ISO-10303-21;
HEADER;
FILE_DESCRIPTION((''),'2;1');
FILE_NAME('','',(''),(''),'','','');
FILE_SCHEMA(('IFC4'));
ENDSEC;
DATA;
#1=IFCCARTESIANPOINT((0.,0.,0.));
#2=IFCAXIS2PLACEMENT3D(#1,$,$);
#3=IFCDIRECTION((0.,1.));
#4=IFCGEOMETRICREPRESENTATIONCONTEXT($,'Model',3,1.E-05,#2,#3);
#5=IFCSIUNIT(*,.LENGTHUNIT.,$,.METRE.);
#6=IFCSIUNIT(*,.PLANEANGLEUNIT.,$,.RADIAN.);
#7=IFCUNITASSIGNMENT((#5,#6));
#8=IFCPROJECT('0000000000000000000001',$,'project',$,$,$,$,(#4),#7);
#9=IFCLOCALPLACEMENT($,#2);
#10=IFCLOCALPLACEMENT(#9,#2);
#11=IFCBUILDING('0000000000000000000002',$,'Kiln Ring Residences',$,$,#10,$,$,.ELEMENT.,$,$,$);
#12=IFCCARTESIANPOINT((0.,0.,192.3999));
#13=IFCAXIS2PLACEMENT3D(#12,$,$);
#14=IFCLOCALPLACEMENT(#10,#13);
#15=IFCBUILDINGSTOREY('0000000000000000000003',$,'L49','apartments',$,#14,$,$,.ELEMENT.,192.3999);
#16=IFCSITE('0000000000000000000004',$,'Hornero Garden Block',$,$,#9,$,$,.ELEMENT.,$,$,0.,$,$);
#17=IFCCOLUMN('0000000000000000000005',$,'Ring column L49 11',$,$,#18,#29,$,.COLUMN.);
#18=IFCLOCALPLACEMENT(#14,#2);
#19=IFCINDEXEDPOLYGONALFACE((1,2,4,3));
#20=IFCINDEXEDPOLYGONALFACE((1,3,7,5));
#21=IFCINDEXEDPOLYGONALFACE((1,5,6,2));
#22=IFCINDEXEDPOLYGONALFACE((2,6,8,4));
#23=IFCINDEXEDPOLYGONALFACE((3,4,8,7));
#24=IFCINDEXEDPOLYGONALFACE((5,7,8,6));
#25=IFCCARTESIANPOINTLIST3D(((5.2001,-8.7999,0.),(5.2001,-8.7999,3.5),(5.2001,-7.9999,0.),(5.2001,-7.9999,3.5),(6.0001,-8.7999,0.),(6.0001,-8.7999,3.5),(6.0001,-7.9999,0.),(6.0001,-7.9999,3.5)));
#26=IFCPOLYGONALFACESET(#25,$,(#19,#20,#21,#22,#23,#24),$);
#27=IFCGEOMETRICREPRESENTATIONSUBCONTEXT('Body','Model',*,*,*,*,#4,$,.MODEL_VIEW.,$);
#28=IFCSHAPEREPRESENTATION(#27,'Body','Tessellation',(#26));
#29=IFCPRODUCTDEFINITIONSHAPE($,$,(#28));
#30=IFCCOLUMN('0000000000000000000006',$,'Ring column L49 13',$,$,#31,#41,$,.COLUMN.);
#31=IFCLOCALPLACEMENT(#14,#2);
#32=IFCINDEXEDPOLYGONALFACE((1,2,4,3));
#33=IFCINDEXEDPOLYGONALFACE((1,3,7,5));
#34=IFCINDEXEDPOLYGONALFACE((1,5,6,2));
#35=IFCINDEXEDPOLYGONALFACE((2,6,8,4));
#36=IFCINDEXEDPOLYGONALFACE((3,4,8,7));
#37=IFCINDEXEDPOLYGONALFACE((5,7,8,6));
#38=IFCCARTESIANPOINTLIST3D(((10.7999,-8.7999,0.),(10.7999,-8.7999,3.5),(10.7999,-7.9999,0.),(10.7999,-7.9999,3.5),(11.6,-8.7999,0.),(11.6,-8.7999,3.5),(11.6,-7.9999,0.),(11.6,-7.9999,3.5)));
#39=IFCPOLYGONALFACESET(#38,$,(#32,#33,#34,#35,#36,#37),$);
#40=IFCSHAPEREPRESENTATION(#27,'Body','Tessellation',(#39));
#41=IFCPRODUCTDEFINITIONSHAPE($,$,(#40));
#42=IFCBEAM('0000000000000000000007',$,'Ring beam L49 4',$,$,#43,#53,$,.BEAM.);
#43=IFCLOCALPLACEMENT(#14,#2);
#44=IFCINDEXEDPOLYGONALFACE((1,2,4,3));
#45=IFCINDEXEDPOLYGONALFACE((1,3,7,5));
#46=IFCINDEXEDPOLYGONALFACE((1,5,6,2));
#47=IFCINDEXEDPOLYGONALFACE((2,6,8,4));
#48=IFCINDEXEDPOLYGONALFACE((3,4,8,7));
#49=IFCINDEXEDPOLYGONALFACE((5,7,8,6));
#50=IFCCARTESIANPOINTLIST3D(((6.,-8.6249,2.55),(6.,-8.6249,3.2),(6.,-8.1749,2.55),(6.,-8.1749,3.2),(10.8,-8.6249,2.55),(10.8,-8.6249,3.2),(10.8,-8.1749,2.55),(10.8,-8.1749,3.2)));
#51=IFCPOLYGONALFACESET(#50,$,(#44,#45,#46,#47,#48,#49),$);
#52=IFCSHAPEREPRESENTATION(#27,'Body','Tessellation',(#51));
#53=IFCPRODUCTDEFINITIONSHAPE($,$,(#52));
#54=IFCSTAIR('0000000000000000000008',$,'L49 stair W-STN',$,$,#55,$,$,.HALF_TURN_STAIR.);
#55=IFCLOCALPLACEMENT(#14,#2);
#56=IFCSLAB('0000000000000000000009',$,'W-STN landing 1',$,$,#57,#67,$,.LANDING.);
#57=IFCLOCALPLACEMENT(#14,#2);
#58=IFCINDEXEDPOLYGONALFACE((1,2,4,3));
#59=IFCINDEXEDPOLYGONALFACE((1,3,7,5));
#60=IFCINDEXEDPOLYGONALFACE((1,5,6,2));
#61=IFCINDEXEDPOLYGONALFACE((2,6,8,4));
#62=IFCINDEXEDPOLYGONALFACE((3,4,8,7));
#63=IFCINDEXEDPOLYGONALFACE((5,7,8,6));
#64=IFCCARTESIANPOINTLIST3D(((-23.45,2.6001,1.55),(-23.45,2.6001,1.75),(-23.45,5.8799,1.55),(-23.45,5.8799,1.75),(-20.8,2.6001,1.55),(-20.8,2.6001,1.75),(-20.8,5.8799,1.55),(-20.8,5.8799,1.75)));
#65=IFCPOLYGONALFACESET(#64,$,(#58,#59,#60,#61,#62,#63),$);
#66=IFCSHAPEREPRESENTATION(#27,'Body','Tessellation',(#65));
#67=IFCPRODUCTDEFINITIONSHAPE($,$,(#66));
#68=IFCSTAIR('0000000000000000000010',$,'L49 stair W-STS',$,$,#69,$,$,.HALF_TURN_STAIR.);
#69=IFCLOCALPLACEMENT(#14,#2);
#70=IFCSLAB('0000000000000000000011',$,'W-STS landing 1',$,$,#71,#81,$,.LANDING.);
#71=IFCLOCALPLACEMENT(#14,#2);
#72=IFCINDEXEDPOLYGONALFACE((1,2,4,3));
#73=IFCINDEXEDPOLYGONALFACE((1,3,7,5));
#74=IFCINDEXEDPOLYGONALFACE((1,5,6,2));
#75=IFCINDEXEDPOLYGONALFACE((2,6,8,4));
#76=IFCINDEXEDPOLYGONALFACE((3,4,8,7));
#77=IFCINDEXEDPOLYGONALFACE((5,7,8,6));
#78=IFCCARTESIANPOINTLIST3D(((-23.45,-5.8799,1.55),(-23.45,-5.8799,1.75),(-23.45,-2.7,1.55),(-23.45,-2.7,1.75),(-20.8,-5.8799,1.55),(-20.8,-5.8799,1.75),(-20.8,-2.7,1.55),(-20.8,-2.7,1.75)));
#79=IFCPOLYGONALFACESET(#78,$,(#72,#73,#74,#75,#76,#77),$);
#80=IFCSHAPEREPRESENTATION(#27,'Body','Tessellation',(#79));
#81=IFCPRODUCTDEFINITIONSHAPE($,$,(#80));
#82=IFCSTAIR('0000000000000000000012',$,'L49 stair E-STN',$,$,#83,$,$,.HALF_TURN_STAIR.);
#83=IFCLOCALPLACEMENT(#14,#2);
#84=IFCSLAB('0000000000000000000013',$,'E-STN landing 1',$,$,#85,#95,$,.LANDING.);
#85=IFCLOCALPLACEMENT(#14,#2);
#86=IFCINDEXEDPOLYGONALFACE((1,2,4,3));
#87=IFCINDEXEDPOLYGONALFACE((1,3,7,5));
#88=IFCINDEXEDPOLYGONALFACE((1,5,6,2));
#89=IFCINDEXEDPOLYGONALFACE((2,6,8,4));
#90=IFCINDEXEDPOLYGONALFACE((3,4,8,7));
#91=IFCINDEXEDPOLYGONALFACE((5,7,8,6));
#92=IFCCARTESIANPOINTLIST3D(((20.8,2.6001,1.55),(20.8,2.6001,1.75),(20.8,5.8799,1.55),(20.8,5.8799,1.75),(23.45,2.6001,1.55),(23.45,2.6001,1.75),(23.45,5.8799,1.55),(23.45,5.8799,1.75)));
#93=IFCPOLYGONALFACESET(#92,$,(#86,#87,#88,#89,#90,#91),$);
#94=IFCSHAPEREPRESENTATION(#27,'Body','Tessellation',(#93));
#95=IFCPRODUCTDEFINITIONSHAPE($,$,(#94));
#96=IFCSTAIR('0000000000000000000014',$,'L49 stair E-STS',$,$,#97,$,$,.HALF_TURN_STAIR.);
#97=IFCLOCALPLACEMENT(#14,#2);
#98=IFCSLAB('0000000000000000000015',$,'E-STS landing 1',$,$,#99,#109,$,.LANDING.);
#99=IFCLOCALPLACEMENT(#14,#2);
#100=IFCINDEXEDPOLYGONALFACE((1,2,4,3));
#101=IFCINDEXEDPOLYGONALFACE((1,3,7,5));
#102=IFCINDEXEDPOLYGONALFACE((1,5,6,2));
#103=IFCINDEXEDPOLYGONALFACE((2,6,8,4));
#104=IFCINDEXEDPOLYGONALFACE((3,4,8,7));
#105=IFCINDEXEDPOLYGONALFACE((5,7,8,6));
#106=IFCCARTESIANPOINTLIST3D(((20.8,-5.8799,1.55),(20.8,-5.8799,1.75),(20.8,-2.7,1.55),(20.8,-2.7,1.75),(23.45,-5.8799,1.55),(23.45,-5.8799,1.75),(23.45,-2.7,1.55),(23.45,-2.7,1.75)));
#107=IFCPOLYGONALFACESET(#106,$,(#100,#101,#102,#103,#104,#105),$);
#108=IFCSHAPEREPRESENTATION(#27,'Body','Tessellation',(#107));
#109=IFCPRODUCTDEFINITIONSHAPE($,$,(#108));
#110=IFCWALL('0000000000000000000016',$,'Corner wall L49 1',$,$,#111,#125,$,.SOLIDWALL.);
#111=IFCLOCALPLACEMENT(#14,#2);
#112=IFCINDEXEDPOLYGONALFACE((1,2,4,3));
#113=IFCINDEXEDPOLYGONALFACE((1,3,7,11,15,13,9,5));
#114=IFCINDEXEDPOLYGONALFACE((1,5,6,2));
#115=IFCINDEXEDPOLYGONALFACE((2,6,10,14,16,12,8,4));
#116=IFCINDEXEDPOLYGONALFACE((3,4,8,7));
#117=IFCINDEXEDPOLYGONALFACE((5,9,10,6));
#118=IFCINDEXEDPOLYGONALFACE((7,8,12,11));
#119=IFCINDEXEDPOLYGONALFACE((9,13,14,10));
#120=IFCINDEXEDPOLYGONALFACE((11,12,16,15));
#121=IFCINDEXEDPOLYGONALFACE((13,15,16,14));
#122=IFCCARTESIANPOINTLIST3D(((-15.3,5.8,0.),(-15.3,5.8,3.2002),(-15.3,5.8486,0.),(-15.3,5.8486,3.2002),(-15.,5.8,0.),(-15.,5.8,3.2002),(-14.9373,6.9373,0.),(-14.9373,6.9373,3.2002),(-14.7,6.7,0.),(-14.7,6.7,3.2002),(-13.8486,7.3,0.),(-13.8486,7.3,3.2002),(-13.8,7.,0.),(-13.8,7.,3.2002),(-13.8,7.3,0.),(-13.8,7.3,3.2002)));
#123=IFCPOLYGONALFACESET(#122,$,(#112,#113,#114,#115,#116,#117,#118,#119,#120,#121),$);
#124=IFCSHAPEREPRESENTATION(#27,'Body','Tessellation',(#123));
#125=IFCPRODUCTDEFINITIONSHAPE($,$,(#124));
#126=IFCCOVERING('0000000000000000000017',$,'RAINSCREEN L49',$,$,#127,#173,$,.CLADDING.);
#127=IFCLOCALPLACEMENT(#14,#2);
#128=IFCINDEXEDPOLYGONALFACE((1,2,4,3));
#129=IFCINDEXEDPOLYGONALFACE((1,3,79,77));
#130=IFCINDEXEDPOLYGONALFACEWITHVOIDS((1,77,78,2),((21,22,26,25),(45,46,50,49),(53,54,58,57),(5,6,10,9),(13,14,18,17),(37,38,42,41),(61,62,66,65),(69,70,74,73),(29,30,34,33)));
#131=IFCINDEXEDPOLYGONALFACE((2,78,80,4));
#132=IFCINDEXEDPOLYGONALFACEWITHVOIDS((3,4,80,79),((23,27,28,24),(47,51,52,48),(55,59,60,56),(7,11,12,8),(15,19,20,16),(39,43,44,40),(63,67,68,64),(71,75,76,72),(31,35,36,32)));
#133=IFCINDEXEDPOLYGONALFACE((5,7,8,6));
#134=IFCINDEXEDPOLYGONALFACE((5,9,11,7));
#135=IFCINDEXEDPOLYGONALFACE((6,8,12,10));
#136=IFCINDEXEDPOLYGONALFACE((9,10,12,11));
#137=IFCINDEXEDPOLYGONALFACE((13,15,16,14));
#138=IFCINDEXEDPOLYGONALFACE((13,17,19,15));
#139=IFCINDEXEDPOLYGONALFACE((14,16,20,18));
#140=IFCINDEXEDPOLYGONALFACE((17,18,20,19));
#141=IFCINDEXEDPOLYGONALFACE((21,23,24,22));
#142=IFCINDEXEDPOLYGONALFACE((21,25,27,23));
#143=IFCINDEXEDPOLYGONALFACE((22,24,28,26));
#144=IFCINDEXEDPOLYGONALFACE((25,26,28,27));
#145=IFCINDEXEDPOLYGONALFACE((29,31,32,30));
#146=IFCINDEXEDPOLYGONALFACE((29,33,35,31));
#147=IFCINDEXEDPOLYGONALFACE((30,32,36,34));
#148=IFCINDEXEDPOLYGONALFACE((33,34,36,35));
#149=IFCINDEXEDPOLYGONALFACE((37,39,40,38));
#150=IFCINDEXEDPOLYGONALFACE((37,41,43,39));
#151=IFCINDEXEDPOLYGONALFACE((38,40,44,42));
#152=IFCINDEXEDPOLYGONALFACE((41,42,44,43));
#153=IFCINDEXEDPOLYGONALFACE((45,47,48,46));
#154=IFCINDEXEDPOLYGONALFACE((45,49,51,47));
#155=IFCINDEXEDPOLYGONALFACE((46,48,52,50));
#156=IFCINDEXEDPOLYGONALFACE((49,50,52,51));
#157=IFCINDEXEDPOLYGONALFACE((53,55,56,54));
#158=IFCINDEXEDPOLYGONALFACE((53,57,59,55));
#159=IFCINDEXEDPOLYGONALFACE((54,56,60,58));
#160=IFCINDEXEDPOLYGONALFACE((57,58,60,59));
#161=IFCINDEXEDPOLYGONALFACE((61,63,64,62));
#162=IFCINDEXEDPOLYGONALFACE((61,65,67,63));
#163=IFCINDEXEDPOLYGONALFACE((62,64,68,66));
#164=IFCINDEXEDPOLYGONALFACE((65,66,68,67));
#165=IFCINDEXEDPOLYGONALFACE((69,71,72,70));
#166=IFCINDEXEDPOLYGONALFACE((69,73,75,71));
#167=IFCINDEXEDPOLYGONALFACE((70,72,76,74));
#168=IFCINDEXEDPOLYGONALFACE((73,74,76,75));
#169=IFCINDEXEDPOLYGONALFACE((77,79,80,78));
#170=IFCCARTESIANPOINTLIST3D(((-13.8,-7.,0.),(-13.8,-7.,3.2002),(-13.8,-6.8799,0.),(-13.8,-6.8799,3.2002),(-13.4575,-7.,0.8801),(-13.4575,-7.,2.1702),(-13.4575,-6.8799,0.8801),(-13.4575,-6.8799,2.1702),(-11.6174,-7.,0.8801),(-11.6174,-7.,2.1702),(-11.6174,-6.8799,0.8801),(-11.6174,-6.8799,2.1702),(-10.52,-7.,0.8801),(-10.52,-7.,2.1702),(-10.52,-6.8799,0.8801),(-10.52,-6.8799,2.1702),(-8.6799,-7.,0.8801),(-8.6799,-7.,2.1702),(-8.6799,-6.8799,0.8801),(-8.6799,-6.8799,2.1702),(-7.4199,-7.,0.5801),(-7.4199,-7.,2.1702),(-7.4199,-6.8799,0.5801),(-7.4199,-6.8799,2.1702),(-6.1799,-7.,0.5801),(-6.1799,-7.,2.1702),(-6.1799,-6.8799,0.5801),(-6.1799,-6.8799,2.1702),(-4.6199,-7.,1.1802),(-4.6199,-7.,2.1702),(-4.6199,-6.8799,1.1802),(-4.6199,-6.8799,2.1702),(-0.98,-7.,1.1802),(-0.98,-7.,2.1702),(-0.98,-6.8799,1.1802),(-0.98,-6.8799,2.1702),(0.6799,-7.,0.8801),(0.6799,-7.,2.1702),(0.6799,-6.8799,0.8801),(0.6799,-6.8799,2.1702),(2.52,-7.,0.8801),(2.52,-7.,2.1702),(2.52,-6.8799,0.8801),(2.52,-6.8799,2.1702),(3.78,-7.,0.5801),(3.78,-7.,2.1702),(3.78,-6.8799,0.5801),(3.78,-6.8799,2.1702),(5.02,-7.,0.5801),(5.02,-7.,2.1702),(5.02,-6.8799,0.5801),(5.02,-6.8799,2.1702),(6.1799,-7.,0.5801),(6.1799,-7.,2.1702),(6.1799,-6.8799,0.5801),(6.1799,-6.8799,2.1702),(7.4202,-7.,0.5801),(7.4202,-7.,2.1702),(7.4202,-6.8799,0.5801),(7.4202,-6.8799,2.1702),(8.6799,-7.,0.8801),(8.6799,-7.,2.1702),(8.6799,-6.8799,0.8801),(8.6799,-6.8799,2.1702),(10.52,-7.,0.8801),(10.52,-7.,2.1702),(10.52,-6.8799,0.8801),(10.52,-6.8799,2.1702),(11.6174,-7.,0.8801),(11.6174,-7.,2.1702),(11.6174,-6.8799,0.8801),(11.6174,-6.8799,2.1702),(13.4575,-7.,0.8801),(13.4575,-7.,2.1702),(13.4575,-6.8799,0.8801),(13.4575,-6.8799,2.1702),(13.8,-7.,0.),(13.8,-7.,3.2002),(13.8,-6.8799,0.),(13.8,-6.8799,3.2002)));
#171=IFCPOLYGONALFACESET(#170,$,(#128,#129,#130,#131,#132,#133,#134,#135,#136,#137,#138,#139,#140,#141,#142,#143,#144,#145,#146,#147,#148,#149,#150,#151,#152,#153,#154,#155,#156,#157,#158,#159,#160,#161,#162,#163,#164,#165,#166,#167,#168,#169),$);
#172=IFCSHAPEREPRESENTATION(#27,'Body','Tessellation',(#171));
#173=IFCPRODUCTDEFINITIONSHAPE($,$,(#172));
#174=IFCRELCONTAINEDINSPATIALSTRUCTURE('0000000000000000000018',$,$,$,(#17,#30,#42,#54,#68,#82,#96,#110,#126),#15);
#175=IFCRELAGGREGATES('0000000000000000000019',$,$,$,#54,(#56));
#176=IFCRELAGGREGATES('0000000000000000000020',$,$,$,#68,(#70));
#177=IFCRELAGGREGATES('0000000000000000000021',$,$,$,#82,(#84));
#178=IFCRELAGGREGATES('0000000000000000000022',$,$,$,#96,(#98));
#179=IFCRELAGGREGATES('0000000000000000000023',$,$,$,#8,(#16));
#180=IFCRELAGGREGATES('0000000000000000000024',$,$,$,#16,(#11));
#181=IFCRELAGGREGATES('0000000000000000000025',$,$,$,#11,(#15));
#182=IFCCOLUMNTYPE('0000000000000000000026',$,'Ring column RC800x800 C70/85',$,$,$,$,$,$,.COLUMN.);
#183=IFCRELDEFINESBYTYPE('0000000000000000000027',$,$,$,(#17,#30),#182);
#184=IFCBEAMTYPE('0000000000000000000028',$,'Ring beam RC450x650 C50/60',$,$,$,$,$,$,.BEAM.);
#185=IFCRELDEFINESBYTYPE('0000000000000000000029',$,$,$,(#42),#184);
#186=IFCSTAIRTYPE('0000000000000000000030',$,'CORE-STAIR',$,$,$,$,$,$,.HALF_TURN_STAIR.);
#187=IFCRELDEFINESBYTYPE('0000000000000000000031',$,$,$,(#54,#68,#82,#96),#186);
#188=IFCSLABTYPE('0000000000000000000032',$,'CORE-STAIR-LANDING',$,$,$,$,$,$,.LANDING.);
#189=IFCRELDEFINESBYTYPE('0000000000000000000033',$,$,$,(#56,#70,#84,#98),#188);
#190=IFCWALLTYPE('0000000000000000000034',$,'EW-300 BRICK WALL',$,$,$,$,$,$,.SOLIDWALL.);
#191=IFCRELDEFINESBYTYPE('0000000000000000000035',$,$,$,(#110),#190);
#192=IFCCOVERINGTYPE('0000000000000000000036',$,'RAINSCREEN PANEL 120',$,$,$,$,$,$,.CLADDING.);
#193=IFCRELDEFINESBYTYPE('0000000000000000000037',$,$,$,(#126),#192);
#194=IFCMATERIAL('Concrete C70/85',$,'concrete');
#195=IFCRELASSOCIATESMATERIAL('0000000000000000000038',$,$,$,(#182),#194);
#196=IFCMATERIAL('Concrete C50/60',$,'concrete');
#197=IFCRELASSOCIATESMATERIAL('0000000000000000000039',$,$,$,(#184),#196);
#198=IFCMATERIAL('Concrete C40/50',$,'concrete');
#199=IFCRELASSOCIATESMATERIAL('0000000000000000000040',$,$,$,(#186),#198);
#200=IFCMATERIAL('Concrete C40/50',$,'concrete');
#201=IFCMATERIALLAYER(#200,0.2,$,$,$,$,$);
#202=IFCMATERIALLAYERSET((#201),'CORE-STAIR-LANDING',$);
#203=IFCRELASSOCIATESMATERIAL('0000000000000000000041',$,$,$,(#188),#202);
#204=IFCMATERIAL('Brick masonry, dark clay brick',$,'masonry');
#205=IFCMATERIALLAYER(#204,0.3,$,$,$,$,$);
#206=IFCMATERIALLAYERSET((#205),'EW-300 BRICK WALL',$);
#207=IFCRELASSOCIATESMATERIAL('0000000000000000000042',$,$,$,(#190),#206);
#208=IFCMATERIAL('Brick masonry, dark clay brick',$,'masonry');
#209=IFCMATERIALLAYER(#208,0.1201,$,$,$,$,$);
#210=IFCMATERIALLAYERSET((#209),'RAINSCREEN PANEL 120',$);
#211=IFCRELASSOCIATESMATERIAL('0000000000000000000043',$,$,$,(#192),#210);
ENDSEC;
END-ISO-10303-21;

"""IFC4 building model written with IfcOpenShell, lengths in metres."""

from ifc_helpers import new_model, si_unit, direction, frame, origin, origin_2d, place, context, subcontext, project, spatial, polyline, rectangle, outline, extrude, material, layer, layer_set, material_profile, profile_set, type_object, element, aggregate, save


model = new_model("IFC4")

# Units and contexts
model_context = context("Model", 3, precision=1e-05, world=origin(), true_north=direction((0.0, 1.0)))
body_context = subcontext(model_context, "Body", "Model", "MODEL_VIEW")
ifc_project = project(units=[si_unit("LENGTHUNIT", "METRE"), si_unit("PLANEANGLEUNIT", "RADIAN")], contexts=[model_context])

# Site, building, storey
site_placement = place(None, origin())
site = spatial("IfcSite", under=ifc_project, at=site_placement, Name="Hornero Garden Block", CompositionType="ELEMENT", RefElevation=0.0)
building_placement = place(site_placement, origin())
building = spatial("IfcBuilding", under=site, at=building_placement, Name="Kiln Ring Residences", CompositionType="ELEMENT")
storey_placement = place(building_placement, frame((0.0, 0.0, 192.3999)))
storey = spatial("IfcBuildingStorey", under=building, at=storey_placement, Name="L49", Description="apartments", CompositionType="ELEMENT", Elevation=192.3999)

# Columns
ifc_material_1 = material(Name="Concrete C70/85", Category="concrete")
ifc_material_profile_1 = material_profile(ifc_material_1, rectangle(XDim=0.8, YDim=0.8, at=origin_2d()), Name="RC800x800")
ifc_profile_set_1 = profile_set([ifc_material_profile_1], Name="Concrete C70/85")
column_type = type_object("IfcColumnType", Name="Ring column RC800x800 C70/85", PredefinedType="COLUMN", material=ifc_profile_set_1)
for number, where, z_axis, x_axis, name in (
    (1, (5.6001, -8.3999, 0.0), (0.0, 0.0, 1.0), (1.0, 0.0, 0.0), "Ring column L49 11"),
    (2, (11.2, -8.3999, 0.0), (0.0, 0.0, 1.0), (1.0, 0.0, 0.0), "Ring column L49 13"),
):
    element("IfcColumn", number, at=place(storey_placement, frame(where, z_axis=z_axis, x_axis=x_axis)), inside=storey, type_object=column_type, Name=name, PredefinedType="COLUMN", context=body_context, shape_type="SweptSolid", body=[
        extrude(rectangle(XDim=0.8, YDim=0.8, at=origin_2d()), origin(), (0.0, 0.0, 1.0), 3.5),
    ])

# Beam
ifc_material_2 = material(Name="Concrete C50/60", Category="concrete")
ifc_material_profile_2 = material_profile(ifc_material_2, rectangle(XDim=0.45, YDim=0.6499, at=origin_2d()), Name="RC450x650")
ifc_profile_set_2 = profile_set([ifc_material_profile_2], Name="Concrete C50/60")
beam_type = type_object("IfcBeamType", Name="Ring beam RC450x650 C50/60", PredefinedType="BEAM", material=ifc_profile_set_2)
beam_placement = place(storey_placement, frame((6.0, -8.3999, 2.875), z_axis=(1.0, 0.0, 0.0), x_axis=(0.0, 1.0, 0.0)))
element("IfcBeam", 3, at=beam_placement, inside=storey, type_object=beam_type, Name="Ring beam L49 4", PredefinedType="BEAM", context=body_context, shape_type="SweptSolid", body=[
    extrude(rectangle(XDim=0.45, YDim=0.6499, at=origin_2d()), origin(), (0.0, 0.0, 1.0), 4.8),
])

# Stairs, slabs
ifc_material_3 = material(Name="Concrete C40/50", Category="concrete")
stair_type = type_object("IfcStairType", Name="CORE-STAIR", PredefinedType="HALF_TURN_STAIR", material=ifc_material_3)
placement_1 = place(storey_placement, origin())
stair_1 = element("IfcStair", 4, at=placement_1, inside=storey, type_object=stair_type, Name="L49 stair W-STN", PredefinedType="HALF_TURN_STAIR")
ifc_material_4 = material(Name="Concrete C40/50", Category="concrete")
ifc_layer_1 = layer(ifc_material_4, 0.2)
ifc_layer_set_1 = layer_set([ifc_layer_1], Name="CORE-STAIR-LANDING")
slab_type = type_object("IfcSlabType", Name="CORE-STAIR-LANDING", PredefinedType="LANDING", material=ifc_layer_set_1)
placement_2 = place(storey_placement, frame((0.0, 0.0, 1.55)))
slab_1 = element("IfcSlab", 5, at=placement_2, type_object=slab_type, Name="W-STN landing 1", PredefinedType="LANDING", context=body_context, shape_type="SweptSolid", body=[
    extrude(outline(polyline([(-23.45, 5.8799), (-23.45, 2.6001), (-20.8, 2.6001), (-20.8, 5.8799), (-23.45, 5.8799)])), origin(), (0.0, 0.0, 1.0), 0.2),
])
aggregate(stair_1, [slab_1])
stair_2 = element("IfcStair", 6, at=placement_1, inside=storey, type_object=stair_type, Name="L49 stair W-STS", PredefinedType="HALF_TURN_STAIR")
slab_2 = element("IfcSlab", 7, at=placement_2, type_object=slab_type, Name="W-STS landing 1", PredefinedType="LANDING", context=body_context, shape_type="SweptSolid", body=[
    extrude(outline(polyline([(-20.8, -5.8799), (-20.8, -2.7), (-23.45, -2.7), (-23.45, -5.8799), (-20.8, -5.8799)])), origin(), (0.0, 0.0, 1.0), 0.2),
])
aggregate(stair_2, [slab_2])
stair_3 = element("IfcStair", 8, at=placement_1, inside=storey, type_object=stair_type, Name="L49 stair E-STN", PredefinedType="HALF_TURN_STAIR")
slab_3 = element("IfcSlab", 9, at=placement_2, type_object=slab_type, Name="E-STN landing 1", PredefinedType="LANDING", context=body_context, shape_type="SweptSolid", body=[
    extrude(outline(polyline([(20.8, 5.8799), (20.8, 2.6001), (23.45, 2.6001), (23.45, 5.8799), (20.8, 5.8799)])), origin(), (0.0, 0.0, 1.0), 0.2),
])
aggregate(stair_3, [slab_3])
stair_4 = element("IfcStair", 10, at=placement_1, inside=storey, type_object=stair_type, Name="L49 stair E-STS", PredefinedType="HALF_TURN_STAIR")
slab_4 = element("IfcSlab", 11, at=placement_2, type_object=slab_type, Name="E-STS landing 1", PredefinedType="LANDING", context=body_context, shape_type="SweptSolid", body=[
    extrude(outline(polyline([(23.45, -5.8799), (23.45, -2.7), (20.8, -2.7), (20.8, -5.8799), (23.45, -5.8799)])), origin(), (0.0, 0.0, 1.0), 0.2),
])
aggregate(stair_4, [slab_4])

# Shared definitions
ifc_material_5 = material(Name="Brick masonry, dark clay brick", Category="masonry")
ifc_layer_2 = layer(ifc_material_5, 0.3)
ifc_layer_set_2 = layer_set([ifc_layer_2], Name="EW-300 BRICK WALL")
wall_type = type_object("IfcWallType", Name="EW-300 BRICK WALL", PredefinedType="SOLIDWALL", material=ifc_layer_set_2)

# Wall
element("IfcWall", 12, at=placement_1, inside=storey, type_object=wall_type, Name="Corner wall L49 1", PredefinedType="SOLIDWALL", context=body_context, shape_type="SweptSolid", body=[
    extrude(outline(polyline([(-13.8486, 7.3), (-14.9373, 6.9373), (-15.3, 5.8486), (-15.3, 5.8), (-15.0, 5.8), (-14.7, 6.7), (-13.8, 7.0), (-13.8, 7.3), (-13.8486, 7.3)])), origin(), (0.0, 0.0, 1.0), 3.2002),
])

# Covering
ifc_material_6 = material(Name="Brick masonry, dark clay brick", Category="masonry")
ifc_layer_3 = layer(ifc_material_6, 0.1201)
ifc_layer_set_3 = layer_set([ifc_layer_3], Name="RAINSCREEN PANEL 120")
covering_type = type_object("IfcCoveringType", Name="RAINSCREEN PANEL 120", PredefinedType="CLADDING", material=ifc_layer_set_3)
covering_placement = place(storey_placement, frame((13.8, -6.9399, 0.0), z_axis=(0.0, 0.0, 1.0), x_axis=(-1.0, 0.0, 0.0)))
element("IfcCovering", 13, at=covering_placement, inside=storey, type_object=covering_type, Name="RAINSCREEN L49", PredefinedType="CLADDING", context=body_context, shape_type="SweptSolid", body=[
    extrude(outline(polyline([(0.0, 0.0), (27.6001, 0.0), (27.6001, 3.2002), (0.0, 3.2002), (0.0, 0.0)]), holes=[polyline([(6.3799, 0.5801), (7.6201, 0.5801), (7.6201, 2.1702), (6.3799, 2.1702), (6.3799, 0.5801)]), polyline([(8.78, 0.5801), (10.02, 0.5801), (10.02, 2.1702), (8.78, 2.1702), (8.78, 0.5801)]), polyline([(19.98, 0.5801), (21.22, 0.5801), (21.22, 2.1702), (19.98, 2.1702), (19.98, 0.5801)]), polyline([(0.3425, 0.8801), (2.1826, 0.8801), (2.1826, 2.1702), (0.3425, 2.1702), (0.3425, 0.8801)]), polyline([(3.28, 0.8801), (5.1201, 0.8801), (5.1201, 2.1702), (3.28, 2.1702), (3.28, 0.8801)]), polyline([(11.28, 0.8801), (13.1201, 0.8801), (13.1201, 2.1702), (11.28, 2.1702), (11.28, 0.8801)]), polyline([(22.48, 0.8801), (24.3201, 0.8801), (24.3201, 2.1702), (22.48, 2.1702), (22.48, 0.8801)]), polyline([(25.4175, 2.1702), (25.4175, 0.8801), (27.2576, 0.8801), (27.2576, 2.1702), (25.4175, 2.1702)]), polyline([(14.78, 2.1702), (14.78, 1.1802), (18.4199, 1.1802), (18.4199, 2.1702), (14.78, 2.1702)])]), frame((0.0, 0.0601, 0.0), z_axis=(0.0, -1.0, 0.0), x_axis=(1.0, 0.0, 0.0)), (0.0, 0.0, 1.0), 0.1201),
])

save(model, "model.ifc")
